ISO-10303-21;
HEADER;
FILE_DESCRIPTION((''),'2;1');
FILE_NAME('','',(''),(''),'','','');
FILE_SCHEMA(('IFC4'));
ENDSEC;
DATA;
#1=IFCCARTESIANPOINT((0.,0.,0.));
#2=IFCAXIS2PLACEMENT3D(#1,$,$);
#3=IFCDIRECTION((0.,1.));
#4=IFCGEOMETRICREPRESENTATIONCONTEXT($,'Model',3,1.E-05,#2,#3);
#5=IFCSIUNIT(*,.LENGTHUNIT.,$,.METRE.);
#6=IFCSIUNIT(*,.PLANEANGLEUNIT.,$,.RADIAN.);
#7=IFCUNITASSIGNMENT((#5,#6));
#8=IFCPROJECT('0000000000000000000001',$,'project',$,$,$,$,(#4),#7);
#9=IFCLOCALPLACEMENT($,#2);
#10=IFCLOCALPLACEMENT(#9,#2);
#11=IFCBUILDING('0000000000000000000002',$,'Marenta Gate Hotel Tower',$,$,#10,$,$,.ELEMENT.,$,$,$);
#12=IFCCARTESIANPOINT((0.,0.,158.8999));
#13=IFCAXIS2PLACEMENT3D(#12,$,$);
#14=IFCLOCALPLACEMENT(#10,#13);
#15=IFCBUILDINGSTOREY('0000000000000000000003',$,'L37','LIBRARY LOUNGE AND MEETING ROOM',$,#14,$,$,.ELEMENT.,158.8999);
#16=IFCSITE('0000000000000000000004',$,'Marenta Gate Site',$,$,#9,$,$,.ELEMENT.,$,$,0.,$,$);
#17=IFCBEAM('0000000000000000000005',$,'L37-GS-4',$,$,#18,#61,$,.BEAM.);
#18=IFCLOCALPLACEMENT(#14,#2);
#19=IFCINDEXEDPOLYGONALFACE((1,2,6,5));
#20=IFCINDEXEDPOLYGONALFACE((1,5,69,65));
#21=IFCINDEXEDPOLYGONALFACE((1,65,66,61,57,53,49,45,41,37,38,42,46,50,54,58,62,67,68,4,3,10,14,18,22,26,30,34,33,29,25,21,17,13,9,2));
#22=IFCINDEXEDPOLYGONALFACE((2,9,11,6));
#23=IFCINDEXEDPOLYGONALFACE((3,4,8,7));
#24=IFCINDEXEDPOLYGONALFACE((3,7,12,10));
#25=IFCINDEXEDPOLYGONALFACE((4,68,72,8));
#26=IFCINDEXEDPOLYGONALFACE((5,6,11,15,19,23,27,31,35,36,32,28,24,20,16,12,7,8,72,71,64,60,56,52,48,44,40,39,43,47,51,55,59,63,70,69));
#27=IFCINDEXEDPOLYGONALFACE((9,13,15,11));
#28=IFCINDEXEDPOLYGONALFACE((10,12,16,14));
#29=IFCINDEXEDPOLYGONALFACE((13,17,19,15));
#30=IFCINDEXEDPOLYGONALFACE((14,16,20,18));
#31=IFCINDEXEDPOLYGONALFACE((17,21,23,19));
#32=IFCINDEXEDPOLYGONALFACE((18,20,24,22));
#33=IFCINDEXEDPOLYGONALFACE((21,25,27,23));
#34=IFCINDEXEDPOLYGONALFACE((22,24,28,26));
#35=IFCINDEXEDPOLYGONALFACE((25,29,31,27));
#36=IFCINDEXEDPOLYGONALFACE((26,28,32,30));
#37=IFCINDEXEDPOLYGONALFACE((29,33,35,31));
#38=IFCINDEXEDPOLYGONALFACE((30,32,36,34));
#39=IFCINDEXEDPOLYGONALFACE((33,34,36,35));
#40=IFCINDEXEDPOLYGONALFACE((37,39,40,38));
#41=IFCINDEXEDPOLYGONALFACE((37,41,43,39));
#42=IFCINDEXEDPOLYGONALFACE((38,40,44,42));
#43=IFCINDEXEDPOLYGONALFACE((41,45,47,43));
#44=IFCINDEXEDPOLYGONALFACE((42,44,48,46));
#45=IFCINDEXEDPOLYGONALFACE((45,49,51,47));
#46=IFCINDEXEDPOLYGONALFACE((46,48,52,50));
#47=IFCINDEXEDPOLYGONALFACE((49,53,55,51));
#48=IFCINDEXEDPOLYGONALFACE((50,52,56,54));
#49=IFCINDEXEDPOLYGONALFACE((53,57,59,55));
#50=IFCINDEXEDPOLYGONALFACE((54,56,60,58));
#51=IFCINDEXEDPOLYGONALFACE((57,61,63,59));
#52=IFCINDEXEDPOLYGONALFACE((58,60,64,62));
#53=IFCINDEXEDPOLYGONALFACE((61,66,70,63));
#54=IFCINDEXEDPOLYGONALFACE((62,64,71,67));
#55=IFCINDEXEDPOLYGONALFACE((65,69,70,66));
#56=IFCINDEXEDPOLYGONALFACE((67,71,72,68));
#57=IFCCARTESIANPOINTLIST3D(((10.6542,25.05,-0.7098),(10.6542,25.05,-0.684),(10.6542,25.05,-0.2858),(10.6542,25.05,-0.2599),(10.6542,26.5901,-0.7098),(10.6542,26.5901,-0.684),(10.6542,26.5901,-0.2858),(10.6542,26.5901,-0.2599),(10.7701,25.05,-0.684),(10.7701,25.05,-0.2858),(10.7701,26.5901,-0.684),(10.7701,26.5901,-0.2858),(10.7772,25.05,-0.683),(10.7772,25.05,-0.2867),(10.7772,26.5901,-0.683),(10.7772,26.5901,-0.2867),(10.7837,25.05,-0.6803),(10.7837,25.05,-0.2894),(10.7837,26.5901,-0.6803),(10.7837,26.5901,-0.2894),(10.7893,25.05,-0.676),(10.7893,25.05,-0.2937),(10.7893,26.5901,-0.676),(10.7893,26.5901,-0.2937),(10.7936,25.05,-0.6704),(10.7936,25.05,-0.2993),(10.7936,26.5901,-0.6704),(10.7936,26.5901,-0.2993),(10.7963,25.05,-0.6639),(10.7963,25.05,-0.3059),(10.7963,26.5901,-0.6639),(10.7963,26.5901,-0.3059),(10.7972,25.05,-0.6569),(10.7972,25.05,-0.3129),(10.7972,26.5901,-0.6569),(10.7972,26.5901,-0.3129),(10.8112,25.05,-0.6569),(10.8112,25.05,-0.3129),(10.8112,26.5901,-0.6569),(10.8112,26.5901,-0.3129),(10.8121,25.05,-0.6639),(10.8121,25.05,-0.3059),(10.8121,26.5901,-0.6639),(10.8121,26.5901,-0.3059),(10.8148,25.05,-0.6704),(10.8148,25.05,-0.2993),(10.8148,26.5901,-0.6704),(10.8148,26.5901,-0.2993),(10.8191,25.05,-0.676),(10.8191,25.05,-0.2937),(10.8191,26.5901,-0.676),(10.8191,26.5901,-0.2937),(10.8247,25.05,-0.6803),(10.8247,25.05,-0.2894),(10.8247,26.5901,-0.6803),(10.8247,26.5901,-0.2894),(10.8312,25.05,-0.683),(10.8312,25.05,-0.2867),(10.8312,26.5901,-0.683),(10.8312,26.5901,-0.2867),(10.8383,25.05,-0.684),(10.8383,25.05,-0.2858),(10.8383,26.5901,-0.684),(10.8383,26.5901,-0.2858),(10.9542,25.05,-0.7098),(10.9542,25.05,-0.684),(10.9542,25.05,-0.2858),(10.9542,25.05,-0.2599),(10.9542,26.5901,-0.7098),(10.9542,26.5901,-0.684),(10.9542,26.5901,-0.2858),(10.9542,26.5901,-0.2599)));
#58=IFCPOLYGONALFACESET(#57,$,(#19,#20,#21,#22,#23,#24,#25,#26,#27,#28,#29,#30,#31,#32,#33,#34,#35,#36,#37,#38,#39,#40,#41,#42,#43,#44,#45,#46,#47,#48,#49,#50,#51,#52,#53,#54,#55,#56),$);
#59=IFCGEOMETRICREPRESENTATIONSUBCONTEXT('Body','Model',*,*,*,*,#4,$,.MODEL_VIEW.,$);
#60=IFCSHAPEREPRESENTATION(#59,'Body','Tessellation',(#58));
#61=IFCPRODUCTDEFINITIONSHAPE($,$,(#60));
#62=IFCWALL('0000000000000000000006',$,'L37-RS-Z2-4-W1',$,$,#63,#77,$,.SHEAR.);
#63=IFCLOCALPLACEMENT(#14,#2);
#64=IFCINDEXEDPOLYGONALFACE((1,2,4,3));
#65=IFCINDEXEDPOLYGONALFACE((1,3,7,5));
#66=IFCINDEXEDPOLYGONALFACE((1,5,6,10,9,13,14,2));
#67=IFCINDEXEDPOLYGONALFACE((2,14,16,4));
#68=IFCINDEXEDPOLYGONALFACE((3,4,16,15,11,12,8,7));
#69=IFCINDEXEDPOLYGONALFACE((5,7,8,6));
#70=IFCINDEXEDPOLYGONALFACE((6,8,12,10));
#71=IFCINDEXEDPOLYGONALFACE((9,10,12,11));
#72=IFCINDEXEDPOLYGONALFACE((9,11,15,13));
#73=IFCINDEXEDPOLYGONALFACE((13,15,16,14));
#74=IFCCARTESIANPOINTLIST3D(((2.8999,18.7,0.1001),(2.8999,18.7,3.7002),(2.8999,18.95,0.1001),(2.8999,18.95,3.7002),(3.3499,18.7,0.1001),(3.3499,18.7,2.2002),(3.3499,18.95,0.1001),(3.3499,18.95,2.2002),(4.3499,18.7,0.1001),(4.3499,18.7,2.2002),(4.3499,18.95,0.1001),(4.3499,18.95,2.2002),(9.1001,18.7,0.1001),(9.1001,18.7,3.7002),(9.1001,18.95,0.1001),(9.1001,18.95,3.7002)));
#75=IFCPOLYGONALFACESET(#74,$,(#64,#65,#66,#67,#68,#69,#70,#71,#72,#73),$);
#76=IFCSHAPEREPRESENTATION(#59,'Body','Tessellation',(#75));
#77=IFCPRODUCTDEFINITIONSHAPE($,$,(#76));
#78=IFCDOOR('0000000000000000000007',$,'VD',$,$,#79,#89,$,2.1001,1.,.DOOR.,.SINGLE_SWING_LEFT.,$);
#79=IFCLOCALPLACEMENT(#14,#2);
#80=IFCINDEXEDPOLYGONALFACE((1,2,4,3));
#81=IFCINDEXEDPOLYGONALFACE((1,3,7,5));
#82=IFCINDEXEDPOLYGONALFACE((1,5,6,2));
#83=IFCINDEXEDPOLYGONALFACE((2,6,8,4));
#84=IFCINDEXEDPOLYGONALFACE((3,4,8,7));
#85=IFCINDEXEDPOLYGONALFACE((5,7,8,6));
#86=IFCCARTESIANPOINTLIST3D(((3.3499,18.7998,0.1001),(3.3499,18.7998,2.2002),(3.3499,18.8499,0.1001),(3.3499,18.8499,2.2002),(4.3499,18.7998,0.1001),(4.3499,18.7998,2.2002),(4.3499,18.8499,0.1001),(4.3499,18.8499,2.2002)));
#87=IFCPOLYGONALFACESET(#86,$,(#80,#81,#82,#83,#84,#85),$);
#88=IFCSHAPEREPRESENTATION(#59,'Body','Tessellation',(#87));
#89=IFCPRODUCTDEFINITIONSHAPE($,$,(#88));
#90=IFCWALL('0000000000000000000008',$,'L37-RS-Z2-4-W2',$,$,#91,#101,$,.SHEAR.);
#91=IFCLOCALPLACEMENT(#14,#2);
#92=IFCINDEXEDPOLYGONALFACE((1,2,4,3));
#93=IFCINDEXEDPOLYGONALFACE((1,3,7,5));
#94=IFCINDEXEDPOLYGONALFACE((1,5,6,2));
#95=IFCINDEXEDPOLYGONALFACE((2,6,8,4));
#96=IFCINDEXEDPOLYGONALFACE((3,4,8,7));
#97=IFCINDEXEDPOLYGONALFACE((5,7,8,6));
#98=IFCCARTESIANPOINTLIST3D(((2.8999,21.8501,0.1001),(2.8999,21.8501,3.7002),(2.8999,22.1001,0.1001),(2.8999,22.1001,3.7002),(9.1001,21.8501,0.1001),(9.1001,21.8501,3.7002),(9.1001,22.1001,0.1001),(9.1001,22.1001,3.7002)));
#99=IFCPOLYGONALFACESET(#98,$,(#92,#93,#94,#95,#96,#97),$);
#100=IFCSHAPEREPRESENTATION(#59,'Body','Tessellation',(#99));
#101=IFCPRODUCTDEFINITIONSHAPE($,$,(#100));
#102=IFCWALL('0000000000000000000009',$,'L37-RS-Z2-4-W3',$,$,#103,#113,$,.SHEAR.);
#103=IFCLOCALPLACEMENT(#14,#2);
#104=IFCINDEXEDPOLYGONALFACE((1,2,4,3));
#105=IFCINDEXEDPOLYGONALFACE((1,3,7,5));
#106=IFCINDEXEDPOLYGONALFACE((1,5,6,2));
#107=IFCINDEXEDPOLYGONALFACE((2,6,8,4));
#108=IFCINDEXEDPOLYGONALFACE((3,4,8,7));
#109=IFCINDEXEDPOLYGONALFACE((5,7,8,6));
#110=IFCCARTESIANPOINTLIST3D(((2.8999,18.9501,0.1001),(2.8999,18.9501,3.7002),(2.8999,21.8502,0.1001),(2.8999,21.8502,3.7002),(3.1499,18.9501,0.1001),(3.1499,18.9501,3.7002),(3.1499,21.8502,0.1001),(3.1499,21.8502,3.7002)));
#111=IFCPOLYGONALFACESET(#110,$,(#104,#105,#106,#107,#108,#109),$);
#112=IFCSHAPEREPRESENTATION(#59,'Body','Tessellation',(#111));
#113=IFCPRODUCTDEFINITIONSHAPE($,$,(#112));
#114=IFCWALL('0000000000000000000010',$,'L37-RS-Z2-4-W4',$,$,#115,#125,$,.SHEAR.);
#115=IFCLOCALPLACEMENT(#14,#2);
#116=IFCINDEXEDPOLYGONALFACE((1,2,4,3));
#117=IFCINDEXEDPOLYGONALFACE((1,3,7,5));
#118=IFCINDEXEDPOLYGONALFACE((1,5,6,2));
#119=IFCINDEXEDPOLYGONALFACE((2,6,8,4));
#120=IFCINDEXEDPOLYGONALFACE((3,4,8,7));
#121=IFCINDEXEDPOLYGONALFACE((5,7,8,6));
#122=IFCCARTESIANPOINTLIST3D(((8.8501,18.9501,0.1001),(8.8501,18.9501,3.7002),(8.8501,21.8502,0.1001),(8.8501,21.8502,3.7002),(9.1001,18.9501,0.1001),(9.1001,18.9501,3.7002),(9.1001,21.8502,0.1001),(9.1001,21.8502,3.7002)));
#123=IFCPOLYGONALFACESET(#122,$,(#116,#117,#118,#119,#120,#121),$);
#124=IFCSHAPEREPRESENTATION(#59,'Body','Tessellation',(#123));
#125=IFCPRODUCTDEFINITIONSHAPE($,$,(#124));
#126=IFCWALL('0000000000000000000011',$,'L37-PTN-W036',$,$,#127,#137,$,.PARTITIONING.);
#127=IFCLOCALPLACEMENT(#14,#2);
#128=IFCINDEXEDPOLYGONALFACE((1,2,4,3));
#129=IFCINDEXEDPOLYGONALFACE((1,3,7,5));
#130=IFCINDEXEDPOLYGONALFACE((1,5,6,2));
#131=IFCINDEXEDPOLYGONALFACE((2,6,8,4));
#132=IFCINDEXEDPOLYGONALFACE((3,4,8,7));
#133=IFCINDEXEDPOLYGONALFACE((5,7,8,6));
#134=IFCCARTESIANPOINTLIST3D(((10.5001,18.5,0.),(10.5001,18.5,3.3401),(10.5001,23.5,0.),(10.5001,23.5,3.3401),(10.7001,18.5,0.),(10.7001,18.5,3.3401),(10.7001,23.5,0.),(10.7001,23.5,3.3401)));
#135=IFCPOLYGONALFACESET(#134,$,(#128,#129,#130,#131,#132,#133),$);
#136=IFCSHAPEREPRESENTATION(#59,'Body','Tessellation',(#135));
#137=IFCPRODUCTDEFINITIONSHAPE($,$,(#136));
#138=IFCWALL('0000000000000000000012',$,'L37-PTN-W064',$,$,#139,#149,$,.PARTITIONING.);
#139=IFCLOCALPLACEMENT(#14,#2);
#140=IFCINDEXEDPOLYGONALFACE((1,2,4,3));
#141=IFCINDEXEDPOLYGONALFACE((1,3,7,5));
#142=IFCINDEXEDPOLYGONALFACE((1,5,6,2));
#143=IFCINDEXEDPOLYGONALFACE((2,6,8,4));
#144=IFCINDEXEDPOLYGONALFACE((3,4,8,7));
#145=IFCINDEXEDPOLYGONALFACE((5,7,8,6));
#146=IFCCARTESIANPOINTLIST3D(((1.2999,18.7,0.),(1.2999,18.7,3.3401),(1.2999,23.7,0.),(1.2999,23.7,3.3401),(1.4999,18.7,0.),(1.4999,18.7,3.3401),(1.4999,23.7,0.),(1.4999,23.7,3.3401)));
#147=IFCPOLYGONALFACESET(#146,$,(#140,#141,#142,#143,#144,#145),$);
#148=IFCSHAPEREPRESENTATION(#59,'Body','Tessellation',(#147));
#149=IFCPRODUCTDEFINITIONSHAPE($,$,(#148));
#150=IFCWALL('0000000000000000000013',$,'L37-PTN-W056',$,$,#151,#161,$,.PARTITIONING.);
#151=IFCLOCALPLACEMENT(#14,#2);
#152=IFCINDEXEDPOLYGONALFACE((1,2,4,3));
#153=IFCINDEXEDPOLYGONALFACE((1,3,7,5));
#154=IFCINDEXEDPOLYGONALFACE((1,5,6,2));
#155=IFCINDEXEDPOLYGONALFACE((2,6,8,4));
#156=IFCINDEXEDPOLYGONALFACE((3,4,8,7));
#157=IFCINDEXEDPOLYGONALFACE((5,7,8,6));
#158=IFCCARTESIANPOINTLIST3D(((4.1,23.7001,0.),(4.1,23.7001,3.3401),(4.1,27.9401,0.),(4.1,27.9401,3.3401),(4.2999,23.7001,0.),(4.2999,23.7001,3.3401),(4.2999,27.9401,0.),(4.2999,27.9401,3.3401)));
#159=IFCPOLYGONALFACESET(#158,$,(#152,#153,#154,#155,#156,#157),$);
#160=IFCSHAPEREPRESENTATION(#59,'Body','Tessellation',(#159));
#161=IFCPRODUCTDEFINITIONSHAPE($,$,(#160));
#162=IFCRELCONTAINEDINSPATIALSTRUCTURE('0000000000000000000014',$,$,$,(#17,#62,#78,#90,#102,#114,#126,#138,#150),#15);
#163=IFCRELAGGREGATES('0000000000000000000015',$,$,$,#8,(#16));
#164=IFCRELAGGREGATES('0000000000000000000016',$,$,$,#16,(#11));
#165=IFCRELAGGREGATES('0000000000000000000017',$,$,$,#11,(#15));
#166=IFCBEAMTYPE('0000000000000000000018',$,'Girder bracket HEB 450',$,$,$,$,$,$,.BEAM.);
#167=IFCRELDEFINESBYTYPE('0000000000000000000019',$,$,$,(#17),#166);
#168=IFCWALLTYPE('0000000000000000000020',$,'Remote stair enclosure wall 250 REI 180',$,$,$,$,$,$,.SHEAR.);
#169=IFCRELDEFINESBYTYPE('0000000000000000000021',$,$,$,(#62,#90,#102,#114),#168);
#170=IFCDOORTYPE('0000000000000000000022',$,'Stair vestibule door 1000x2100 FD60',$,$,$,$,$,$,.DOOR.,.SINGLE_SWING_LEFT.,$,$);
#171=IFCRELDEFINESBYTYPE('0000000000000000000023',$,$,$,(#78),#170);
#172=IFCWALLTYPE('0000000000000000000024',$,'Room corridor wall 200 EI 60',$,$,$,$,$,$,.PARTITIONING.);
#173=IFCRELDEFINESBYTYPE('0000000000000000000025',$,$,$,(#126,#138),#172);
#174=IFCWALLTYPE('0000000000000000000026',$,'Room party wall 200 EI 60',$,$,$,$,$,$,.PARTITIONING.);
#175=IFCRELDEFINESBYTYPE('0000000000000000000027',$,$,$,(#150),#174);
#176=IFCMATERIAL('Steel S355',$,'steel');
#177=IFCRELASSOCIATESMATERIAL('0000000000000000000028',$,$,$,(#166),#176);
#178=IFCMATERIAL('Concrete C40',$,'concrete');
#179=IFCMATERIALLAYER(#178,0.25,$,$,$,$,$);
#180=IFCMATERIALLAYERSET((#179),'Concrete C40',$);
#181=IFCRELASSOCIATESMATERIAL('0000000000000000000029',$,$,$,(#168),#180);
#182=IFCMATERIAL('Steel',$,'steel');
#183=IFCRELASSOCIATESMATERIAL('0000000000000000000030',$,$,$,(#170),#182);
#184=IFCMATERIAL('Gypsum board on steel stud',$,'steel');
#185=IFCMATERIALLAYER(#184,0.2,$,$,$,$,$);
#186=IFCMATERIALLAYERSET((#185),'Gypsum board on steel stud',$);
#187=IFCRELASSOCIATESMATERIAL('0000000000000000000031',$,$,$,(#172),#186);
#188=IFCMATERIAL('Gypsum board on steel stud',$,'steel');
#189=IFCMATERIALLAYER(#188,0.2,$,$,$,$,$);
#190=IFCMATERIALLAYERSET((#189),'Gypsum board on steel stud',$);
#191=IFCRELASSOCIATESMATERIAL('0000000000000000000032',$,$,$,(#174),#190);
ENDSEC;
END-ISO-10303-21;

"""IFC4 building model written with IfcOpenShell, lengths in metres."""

from ifc_helpers import new_model, si_unit, direction, frame, frame_2d, origin, origin_2d, place, context, subcontext, project, spatial, rectangle, i_section, extrude, material, layer, layer_set, material_profile, profile_set, type_object, element, fill, save


model = new_model("IFC4")

# Units and contexts
model_context = context("Model", 3, precision=1e-05, world=origin(), true_north=direction((0.0, 1.0)))
body_context = subcontext(model_context, "Body", "Model", "MODEL_VIEW")
ifc_project = project(units=[si_unit("LENGTHUNIT", "METRE"), si_unit("PLANEANGLEUNIT", "RADIAN")], contexts=[model_context])

# Site, building, storey
site_placement = place(None, origin())
site = spatial("IfcSite", under=ifc_project, at=site_placement, Name="Marenta Gate Site", CompositionType="ELEMENT", RefElevation=0.0)
building_placement = place(site_placement, origin())
building = spatial("IfcBuilding", under=site, at=building_placement, Name="Marenta Gate Hotel Tower", CompositionType="ELEMENT")
storey_placement = place(building_placement, frame((0.0, 0.0, 158.8999)))
storey = spatial("IfcBuildingStorey", under=building, at=storey_placement, Name="L37", Description="LIBRARY LOUNGE AND MEETING ROOM", CompositionType="ELEMENT", Elevation=158.8999)

# Beam
ifc_material_1 = material(Name="Steel S355", Category="steel")
ifc_material_profile_1 = material_profile(ifc_material_1, i_section(OverallWidth=0.3, OverallDepth=0.45, WebThickness=0.0139, FlangeThickness=0.0259, FilletRadius=0.0271, at=origin_2d()), Name="HEB 450")
ifc_profile_set_1 = profile_set([ifc_material_profile_1], Name="Steel S355")
beam_type_1 = type_object("IfcBeamType", Name="Girder bracket HEB 450", PredefinedType="BEAM", material=ifc_profile_set_1)
for number, where, z_axis, x_axis, name in (
    (1, (10.8042, 25.05, -0.4849), (0.0, 1.0, 0.0), (-1.0, 0.0, 0.0), "L37-GS-4"),
):
    element("IfcBeam", number, at=place(storey_placement, frame(where, z_axis=z_axis, x_axis=x_axis)), inside=storey, type_object=beam_type_1, Name=name, PredefinedType="BEAM", context=body_context, shape_type="SweptSolid", body=[
        extrude(i_section(OverallWidth=0.3, OverallDepth=0.45, WebThickness=0.0139, FlangeThickness=0.0259, FilletRadius=0.0271, at=origin_2d()), origin(), (0.0, 0.0, 1.0), 1.54),
    ])

# Wall, opening, door
ifc_material_2 = material(Name="Concrete C40", Category="concrete")
ifc_layer_1 = layer(ifc_material_2, 0.25)
ifc_layer_set_1 = layer_set([ifc_layer_1], Name="Concrete C40")
wall_type_1 = type_object("IfcWallType", Name="Remote stair enclosure wall 250 REI 180", PredefinedType="SHEAR", material=ifc_layer_set_1)
wall_1_placement = place(storey_placement, frame((2.8999, 18.825, 0.1001), z_axis=(0.0, 0.0, 1.0), x_axis=(1.0, 0.0, 0.0)))
wall_1 = element("IfcWall", 2, at=wall_1_placement, inside=storey, type_object=wall_type_1, Name="L37-RS-Z2-4-W1", PredefinedType="SHEAR", context=body_context, shape_type="SweptSolid", body=[
    extrude(rectangle(XDim=6.2002, YDim=0.25, at=frame_2d((3.1001, 0.0))), origin(), (0.0, 0.0, 1.0), 3.6001),
])
opening_1_placement = place(wall_1_placement, frame((0.45, 0.0, 0.0)))
opening_1 = element("IfcOpeningElement", 3, at=opening_1_placement, cuts=wall_1, PredefinedType="OPENING", context=body_context, shape_type="SweptSolid", body=[
    extrude(rectangle(XDim=1.0, YDim=2.1001, at=frame_2d((0.5, 1.05))), frame((0.0, 0.125, 0.0), z_axis=(0.0, -1.0, 0.0), x_axis=(1.0, 0.0, 0.0)), (0.0, 0.0, 1.0), 0.25),
])
ifc_material_3 = material(Name="Steel", Category="steel")
door_type_1 = type_object("IfcDoorType", Name="Stair vestibule door 1000x2100 FD60", OperationType="SINGLE_SWING_LEFT", PredefinedType="DOOR", material=ifc_material_3)
door_1_placement = place(opening_1_placement, origin())
door_1 = element("IfcDoor", 4, at=door_1_placement, inside=storey, type_object=door_type_1, Name="VD", OperationType="SINGLE_SWING_LEFT", OverallHeight=2.1001, OverallWidth=1.0, PredefinedType="DOOR", context=body_context, shape_type="SweptSolid", body=[
    extrude(rectangle(XDim=1.0, YDim=2.1001, at=frame_2d((0.5, 1.05))), frame((0.0, 0.0249, 0.0), z_axis=(0.0, -1.0, 0.0), x_axis=(1.0, 0.0, 0.0)), (0.0, 0.0, 1.0), 0.05),
])
fill(opening_1, door_1)

# Walls
wall_2_placement = place(storey_placement, frame((2.8999, 21.9751, 0.1001), z_axis=(0.0, 0.0, 1.0), x_axis=(1.0, 0.0, 0.0)))
element("IfcWall", 5, at=wall_2_placement, inside=storey, type_object=wall_type_1, Name="L37-RS-Z2-4-W2", PredefinedType="SHEAR", context=body_context, shape_type="SweptSolid", body=[
    extrude(rectangle(XDim=6.2002, YDim=0.25, at=frame_2d((3.1001, 0.0))), origin(), (0.0, 0.0, 1.0), 3.6001),
])
for number, where, z_axis, x_axis, name in (
    (6, (3.0249, 18.95, 0.1001), (0.0, 0.0, 1.0), (0.0, 1.0, 0.0), "L37-RS-Z2-4-W3"),
    (7, (8.9751, 18.95, 0.1001), (0.0, 0.0, 1.0), (0.0, 1.0, 0.0), "L37-RS-Z2-4-W4"),
):
    element("IfcWall", number, at=place(storey_placement, frame(where, z_axis=z_axis, x_axis=x_axis)), inside=storey, type_object=wall_type_1, Name=name, PredefinedType="SHEAR", context=body_context, shape_type="SweptSolid", body=[
        extrude(rectangle(XDim=2.9001, YDim=0.25, at=frame_2d((1.4502, 0.0))), origin(), (0.0, 0.0, 1.0), 3.6001),
    ])
ifc_material_4 = material(Name="Gypsum board on steel stud", Category="steel")
ifc_layer_2 = layer(ifc_material_4, 0.2)
ifc_layer_set_2 = layer_set([ifc_layer_2], Name="Gypsum board on steel stud")
wall_type_2 = type_object("IfcWallType", Name="Room corridor wall 200 EI 60", PredefinedType="PARTITIONING", material=ifc_layer_set_2)
for number, where, z_axis, x_axis, name in (
    (8, (10.6001, 18.5, 0.0), (0.0, 0.0, 1.0), (0.0, 1.0, 0.0), "L37-PTN-W036"),
    (9, (1.3999, 18.7, 0.0), (0.0, 0.0, 1.0), (0.0, 1.0, 0.0), "L37-PTN-W064"),
):
    element("IfcWall", number, at=place(storey_placement, frame(where, z_axis=z_axis, x_axis=x_axis)), inside=storey, type_object=wall_type_2, Name=name, PredefinedType="PARTITIONING", context=body_context, shape_type="SweptSolid", body=[
        extrude(rectangle(XDim=5.0, YDim=0.2, at=frame_2d((2.5, 0.0))), origin(), (0.0, 0.0, 1.0), 3.3401),
    ])

# Wall
ifc_material_5 = material(Name="Gypsum board on steel stud", Category="steel")
ifc_layer_3 = layer(ifc_material_5, 0.2)
ifc_layer_set_3 = layer_set([ifc_layer_3], Name="Gypsum board on steel stud")
wall_type_3 = type_object("IfcWallType", Name="Room party wall 200 EI 60", PredefinedType="PARTITIONING", material=ifc_layer_set_3)
wall_3_placement = place(storey_placement, frame((4.2, 23.7, 0.0), z_axis=(0.0, 0.0, 1.0), x_axis=(0.0, 1.0, 0.0)))
element("IfcWall", 10, at=wall_3_placement, inside=storey, type_object=wall_type_3, Name="L37-PTN-W056", PredefinedType="PARTITIONING", context=body_context, shape_type="SweptSolid", body=[
    extrude(rectangle(XDim=4.24, YDim=0.2, at=frame_2d((2.1201, 0.0))), origin(), (0.0, 0.0, 1.0), 3.3401),
])

save(model, "model.ifc")
